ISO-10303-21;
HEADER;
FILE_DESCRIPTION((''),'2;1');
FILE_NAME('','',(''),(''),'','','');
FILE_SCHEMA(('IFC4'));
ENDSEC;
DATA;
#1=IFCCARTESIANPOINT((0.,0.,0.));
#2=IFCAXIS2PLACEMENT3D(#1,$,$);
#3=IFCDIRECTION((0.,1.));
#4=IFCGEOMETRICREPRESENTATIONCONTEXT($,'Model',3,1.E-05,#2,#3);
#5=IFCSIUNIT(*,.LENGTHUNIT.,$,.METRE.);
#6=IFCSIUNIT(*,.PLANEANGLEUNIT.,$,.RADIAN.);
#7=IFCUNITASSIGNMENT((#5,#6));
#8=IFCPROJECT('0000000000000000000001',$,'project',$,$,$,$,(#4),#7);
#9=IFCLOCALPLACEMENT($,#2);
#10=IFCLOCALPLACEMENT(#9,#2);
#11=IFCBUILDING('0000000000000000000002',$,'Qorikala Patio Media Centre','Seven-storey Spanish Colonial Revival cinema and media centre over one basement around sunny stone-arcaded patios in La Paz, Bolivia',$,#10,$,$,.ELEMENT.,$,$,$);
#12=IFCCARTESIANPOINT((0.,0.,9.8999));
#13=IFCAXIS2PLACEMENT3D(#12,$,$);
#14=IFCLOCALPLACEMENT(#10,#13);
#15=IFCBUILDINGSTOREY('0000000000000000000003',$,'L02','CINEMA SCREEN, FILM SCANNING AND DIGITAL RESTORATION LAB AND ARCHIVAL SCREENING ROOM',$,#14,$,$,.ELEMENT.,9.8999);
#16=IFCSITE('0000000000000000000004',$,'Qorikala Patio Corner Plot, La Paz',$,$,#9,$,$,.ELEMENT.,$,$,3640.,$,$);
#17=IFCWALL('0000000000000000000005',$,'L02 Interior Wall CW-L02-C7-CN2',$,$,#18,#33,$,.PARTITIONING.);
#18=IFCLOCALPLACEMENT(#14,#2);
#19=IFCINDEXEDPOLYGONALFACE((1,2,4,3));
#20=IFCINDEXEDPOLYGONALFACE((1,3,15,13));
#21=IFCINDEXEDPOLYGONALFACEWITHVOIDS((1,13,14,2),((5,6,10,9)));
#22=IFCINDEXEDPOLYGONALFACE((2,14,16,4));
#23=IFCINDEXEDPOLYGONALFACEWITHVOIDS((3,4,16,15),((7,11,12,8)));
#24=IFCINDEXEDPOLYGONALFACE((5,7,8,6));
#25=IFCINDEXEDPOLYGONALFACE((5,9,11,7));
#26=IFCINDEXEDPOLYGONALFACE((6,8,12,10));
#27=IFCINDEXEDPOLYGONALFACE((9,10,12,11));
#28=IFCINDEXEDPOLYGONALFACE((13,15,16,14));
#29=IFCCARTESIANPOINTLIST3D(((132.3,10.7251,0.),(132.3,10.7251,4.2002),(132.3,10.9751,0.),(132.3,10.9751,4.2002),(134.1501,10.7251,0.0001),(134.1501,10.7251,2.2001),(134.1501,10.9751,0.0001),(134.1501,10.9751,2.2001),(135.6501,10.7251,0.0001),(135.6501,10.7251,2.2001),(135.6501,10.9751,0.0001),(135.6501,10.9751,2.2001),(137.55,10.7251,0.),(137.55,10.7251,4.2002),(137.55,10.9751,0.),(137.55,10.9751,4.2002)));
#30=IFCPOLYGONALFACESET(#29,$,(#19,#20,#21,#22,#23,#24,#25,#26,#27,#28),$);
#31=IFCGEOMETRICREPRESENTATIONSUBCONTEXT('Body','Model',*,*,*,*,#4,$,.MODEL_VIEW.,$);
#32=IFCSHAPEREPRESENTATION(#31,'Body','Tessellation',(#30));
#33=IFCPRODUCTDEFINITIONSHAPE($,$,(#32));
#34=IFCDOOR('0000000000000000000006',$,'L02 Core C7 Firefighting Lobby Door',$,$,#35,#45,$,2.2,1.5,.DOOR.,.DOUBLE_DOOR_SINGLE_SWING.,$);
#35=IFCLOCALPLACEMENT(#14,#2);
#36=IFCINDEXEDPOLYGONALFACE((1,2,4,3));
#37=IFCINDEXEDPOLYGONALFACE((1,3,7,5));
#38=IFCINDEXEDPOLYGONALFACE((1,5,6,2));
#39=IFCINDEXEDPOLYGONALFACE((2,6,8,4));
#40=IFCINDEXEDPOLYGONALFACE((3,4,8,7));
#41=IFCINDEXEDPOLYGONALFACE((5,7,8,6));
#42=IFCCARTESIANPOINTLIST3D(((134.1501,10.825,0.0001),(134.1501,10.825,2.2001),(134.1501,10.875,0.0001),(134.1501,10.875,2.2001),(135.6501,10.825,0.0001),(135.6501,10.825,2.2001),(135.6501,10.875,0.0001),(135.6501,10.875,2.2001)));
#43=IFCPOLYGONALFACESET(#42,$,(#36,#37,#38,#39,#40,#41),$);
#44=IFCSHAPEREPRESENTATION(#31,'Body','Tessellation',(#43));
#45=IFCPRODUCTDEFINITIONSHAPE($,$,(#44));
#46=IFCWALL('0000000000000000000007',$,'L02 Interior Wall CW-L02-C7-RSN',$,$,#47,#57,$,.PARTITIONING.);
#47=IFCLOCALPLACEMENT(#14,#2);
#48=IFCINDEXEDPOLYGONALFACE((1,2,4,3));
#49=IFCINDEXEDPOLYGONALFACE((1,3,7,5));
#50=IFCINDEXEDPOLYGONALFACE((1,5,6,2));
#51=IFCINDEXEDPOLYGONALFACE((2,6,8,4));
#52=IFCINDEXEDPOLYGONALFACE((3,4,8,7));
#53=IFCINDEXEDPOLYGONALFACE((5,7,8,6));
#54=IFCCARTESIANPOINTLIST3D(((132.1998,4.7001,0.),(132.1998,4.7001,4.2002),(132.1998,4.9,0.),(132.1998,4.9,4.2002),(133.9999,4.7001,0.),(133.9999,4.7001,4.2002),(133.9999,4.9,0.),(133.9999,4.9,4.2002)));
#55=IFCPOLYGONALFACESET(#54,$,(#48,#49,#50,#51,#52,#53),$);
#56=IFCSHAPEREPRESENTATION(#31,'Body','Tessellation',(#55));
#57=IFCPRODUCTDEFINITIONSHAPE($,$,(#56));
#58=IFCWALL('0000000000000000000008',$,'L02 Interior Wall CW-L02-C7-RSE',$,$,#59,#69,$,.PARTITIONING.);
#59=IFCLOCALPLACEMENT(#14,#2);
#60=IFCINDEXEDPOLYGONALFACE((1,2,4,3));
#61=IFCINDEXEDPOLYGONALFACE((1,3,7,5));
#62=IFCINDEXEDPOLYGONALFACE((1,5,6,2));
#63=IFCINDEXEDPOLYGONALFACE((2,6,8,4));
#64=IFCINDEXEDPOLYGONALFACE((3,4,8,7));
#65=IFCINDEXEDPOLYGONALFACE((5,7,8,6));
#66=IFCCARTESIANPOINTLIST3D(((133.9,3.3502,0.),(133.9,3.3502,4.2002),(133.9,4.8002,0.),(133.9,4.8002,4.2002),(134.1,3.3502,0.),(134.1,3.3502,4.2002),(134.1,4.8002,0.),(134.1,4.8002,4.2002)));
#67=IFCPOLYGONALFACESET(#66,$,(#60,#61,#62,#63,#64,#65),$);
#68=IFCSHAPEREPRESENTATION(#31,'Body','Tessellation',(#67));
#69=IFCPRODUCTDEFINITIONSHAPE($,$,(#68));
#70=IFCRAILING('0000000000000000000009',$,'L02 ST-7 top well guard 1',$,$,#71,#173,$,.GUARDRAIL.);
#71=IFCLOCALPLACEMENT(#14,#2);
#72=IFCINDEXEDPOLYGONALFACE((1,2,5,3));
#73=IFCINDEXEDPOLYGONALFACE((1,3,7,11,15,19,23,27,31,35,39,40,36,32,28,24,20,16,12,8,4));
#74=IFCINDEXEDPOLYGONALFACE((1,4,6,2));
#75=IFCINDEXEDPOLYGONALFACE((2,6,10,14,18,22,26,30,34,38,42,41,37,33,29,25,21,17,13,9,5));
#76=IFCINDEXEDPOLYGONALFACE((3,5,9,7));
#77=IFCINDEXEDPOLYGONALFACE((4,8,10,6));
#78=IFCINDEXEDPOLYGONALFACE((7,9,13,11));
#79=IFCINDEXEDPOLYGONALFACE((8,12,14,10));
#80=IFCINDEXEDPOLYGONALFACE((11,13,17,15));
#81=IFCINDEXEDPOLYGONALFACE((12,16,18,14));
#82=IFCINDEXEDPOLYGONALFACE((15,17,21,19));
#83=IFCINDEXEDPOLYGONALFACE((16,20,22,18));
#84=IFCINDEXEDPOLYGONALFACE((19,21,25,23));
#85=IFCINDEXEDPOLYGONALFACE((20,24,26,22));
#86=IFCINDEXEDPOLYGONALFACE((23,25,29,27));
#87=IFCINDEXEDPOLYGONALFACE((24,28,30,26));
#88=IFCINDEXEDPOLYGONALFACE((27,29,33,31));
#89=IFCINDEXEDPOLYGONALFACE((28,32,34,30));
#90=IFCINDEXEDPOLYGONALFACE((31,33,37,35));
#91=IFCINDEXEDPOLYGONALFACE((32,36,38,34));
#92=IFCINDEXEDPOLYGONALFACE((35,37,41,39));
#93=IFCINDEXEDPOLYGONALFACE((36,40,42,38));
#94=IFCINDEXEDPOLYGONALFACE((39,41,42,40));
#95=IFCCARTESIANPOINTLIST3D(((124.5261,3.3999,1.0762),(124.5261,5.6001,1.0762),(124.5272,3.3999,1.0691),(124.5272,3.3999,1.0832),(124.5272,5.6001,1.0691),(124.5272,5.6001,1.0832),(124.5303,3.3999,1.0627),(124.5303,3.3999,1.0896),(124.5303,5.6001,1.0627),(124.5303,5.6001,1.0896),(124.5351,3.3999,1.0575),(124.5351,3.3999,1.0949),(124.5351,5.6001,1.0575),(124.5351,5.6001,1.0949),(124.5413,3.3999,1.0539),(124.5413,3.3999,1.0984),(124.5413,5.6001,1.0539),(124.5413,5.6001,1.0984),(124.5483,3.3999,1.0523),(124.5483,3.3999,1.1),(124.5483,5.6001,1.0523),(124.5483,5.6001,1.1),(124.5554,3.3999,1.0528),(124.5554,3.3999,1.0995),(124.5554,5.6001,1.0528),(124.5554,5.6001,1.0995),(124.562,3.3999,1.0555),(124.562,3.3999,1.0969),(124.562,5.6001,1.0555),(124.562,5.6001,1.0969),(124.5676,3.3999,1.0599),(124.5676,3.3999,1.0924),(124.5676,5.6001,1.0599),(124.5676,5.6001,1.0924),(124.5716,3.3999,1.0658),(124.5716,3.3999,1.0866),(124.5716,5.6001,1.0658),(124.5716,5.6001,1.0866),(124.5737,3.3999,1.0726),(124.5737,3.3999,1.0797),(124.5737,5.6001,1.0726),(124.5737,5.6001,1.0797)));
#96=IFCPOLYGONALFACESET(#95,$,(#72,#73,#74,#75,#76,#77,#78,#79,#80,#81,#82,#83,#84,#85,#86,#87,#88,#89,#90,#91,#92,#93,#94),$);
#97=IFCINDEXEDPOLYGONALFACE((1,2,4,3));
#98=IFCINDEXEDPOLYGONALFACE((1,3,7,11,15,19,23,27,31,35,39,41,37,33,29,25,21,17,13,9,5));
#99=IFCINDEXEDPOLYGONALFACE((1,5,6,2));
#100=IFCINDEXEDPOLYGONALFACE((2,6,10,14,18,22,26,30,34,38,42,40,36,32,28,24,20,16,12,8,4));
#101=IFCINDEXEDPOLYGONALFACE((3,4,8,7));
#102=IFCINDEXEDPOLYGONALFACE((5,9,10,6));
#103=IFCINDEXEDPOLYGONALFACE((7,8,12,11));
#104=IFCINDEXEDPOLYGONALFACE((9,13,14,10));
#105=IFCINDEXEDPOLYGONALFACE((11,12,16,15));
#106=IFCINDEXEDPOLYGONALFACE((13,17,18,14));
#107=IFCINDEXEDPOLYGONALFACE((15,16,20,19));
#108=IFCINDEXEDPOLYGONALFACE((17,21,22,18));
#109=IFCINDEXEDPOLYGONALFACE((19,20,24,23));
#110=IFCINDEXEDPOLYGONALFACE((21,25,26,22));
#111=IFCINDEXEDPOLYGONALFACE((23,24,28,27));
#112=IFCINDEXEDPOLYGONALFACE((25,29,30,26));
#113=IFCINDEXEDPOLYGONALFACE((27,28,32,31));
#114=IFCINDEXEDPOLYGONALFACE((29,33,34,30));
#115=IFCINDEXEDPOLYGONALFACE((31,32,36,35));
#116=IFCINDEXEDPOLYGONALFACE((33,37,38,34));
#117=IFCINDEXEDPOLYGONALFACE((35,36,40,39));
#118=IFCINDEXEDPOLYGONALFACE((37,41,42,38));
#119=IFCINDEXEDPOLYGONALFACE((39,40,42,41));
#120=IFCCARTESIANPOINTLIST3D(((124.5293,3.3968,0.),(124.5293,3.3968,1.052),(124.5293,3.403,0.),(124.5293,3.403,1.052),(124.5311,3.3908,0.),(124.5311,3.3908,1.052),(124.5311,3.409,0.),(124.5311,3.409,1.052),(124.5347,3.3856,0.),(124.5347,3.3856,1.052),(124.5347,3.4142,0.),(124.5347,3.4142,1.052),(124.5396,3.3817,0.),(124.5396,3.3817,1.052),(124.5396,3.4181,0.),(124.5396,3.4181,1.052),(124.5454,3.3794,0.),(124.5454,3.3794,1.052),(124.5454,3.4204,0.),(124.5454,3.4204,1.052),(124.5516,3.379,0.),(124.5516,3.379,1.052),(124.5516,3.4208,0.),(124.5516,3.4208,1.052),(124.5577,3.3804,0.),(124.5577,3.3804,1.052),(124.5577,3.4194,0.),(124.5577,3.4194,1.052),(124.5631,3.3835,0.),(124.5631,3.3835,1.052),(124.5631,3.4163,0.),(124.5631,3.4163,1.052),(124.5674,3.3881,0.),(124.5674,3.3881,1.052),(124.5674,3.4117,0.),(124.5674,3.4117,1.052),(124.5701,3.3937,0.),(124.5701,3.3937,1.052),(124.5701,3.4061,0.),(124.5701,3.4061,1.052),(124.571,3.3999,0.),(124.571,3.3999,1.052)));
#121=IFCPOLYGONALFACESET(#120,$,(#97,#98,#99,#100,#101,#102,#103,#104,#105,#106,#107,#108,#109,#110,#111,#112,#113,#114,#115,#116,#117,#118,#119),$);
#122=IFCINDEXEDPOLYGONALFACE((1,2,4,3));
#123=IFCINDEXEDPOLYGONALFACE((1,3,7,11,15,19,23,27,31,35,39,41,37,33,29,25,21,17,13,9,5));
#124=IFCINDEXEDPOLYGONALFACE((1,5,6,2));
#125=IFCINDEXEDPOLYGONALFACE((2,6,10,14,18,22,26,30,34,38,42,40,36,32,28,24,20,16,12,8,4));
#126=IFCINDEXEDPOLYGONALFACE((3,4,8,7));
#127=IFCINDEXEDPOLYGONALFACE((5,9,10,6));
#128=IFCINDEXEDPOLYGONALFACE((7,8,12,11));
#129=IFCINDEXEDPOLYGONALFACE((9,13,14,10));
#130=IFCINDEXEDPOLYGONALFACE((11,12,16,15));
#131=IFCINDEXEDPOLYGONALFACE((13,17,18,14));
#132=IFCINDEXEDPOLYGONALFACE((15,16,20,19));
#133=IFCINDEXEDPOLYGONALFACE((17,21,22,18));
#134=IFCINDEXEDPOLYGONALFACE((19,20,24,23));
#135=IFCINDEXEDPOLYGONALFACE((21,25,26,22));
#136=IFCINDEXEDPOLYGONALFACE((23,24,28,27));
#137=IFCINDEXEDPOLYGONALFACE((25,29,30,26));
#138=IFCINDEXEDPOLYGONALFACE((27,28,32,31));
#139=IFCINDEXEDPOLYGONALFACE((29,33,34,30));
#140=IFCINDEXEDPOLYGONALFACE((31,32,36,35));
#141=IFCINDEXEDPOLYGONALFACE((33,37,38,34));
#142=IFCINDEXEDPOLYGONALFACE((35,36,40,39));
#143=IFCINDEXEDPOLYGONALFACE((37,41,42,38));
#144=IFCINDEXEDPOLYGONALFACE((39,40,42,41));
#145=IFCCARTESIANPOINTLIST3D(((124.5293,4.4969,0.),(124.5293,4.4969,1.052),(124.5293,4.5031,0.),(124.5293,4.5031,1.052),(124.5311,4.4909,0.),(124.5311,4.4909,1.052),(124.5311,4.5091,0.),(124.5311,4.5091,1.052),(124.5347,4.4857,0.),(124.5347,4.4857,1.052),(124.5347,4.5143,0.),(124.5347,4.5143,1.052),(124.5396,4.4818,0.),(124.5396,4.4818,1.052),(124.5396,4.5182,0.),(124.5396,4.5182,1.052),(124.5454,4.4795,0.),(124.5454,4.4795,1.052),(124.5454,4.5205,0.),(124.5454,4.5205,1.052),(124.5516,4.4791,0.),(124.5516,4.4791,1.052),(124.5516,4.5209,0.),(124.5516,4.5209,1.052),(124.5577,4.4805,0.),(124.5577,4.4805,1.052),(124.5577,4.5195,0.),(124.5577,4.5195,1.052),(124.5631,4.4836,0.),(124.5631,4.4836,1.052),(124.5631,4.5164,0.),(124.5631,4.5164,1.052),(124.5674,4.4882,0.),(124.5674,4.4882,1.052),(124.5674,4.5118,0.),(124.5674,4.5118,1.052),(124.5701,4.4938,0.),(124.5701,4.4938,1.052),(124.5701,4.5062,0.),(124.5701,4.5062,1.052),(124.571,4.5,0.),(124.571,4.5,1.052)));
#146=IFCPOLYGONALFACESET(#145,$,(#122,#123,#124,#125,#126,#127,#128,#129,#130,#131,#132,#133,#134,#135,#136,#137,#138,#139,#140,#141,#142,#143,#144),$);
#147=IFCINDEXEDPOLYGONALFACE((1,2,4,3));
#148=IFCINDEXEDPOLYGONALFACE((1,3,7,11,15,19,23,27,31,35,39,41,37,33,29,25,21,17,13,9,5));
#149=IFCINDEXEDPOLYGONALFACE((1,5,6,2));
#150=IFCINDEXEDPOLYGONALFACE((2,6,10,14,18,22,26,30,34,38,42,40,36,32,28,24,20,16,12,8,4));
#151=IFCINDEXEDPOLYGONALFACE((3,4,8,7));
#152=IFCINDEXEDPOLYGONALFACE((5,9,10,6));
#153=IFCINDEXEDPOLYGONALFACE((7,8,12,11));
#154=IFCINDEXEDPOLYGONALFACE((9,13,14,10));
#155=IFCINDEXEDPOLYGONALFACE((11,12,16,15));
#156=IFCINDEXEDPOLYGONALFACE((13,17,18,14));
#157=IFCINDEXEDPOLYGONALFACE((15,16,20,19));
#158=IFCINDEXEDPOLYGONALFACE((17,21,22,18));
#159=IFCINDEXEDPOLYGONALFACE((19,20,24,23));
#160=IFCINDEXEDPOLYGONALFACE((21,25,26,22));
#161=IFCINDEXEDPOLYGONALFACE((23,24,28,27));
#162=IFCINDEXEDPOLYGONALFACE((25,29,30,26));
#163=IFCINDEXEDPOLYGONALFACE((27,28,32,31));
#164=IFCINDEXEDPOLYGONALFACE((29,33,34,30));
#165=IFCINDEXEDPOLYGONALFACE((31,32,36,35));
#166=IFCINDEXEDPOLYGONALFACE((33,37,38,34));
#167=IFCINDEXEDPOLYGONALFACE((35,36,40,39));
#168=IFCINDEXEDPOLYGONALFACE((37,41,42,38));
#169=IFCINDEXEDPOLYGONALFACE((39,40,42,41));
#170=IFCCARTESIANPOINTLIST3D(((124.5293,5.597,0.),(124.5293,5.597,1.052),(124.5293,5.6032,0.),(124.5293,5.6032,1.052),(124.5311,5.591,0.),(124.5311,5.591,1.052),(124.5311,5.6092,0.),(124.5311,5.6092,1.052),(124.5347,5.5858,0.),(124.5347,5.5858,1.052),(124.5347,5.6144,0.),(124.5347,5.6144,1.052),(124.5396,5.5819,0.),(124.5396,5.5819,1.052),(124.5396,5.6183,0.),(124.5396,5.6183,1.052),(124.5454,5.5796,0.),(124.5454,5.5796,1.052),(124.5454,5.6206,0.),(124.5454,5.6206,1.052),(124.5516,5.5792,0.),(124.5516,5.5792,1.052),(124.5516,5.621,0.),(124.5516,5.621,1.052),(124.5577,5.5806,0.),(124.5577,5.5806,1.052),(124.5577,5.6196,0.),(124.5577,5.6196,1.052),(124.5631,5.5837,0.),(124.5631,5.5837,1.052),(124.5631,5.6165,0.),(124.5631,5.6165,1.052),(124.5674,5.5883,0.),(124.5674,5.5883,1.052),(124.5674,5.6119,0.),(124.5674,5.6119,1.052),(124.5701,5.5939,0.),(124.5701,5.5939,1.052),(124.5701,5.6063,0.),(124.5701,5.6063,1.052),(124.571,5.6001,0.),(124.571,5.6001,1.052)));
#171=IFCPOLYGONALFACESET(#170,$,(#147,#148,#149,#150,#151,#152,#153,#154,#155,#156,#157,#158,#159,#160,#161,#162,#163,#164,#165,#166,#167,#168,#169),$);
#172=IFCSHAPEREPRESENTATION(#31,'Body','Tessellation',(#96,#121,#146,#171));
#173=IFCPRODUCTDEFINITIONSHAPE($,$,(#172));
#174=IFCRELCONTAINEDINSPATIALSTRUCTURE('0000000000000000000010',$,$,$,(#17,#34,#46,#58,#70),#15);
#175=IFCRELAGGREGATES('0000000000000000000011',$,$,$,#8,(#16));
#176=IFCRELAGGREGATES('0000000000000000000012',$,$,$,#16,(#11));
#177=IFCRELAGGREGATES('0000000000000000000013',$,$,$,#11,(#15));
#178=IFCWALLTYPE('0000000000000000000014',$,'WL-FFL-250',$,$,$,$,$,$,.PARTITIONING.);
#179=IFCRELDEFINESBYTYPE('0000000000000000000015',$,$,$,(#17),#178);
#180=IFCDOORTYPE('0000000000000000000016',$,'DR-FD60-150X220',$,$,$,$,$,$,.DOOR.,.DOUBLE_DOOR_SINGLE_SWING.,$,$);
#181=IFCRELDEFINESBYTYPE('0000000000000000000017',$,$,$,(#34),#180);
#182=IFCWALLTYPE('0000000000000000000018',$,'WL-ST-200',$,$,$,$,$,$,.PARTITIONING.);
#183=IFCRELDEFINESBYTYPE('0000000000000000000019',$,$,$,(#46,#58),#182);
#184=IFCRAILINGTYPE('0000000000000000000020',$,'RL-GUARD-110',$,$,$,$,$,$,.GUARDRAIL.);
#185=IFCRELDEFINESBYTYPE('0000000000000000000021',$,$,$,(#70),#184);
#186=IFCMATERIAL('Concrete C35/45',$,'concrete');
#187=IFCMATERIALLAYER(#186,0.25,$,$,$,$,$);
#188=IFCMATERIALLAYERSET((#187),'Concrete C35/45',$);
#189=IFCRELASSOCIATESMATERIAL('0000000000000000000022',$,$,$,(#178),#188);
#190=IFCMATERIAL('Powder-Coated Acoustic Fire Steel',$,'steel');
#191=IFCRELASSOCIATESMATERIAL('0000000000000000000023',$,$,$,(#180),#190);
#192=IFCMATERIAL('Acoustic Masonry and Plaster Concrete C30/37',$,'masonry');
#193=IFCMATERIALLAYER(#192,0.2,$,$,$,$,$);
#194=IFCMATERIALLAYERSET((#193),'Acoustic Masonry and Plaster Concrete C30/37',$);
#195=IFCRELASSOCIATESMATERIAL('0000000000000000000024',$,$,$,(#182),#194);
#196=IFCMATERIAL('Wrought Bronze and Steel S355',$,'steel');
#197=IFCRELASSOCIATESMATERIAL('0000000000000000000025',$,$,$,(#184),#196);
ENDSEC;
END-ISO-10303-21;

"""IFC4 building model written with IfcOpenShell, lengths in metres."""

from ifc_helpers import new_model, si_unit, direction, frame, frame_2d, origin, origin_2d, place, context, subcontext, project, spatial, rectangle, circle, extrude, material, layer, layer_set, type_object, element, fill, save


model = new_model("IFC4")

# Units and contexts
model_context = context("Model", 3, precision=1e-05, world=origin(), true_north=direction((0.0, 1.0)))
body_context = subcontext(model_context, "Body", "Model", "MODEL_VIEW")
ifc_project = project(units=[si_unit("LENGTHUNIT", "METRE"), si_unit("PLANEANGLEUNIT", "RADIAN")], contexts=[model_context])

# Site, building, storey
site_placement = place(None, origin())
site = spatial("IfcSite", under=ifc_project, at=site_placement, Name="Qorikala Patio Corner Plot, La Paz", CompositionType="ELEMENT", RefElevation=3640.0)
building_placement = place(site_placement, origin())
building = spatial("IfcBuilding", under=site, at=building_placement, Name="Qorikala Patio Media Centre", Description="Seven-storey Spanish Colonial Revival cinema and media centre over one basement around sunny stone-arcaded patios in La Paz, Bolivia", CompositionType="ELEMENT")
storey_placement = place(building_placement, frame((0.0, 0.0, 9.8999)))
storey = spatial("IfcBuildingStorey", under=building, at=storey_placement, Name="L02", Description="CINEMA SCREEN, FILM SCANNING AND DIGITAL RESTORATION LAB AND ARCHIVAL SCREENING ROOM", CompositionType="ELEMENT", Elevation=9.8999)

# Shared definitions
ifc_material_1 = material(Name="Concrete C35/45", Category="concrete")

# Wall, opening, door
ifc_layer_1 = layer(ifc_material_1, 0.25)
ifc_layer_set_1 = layer_set([ifc_layer_1], Name="Concrete C35/45")
wall_type_1 = type_object("IfcWallType", Name="WL-FFL-250", PredefinedType="PARTITIONING", material=ifc_layer_set_1)
ifc_material_2 = material(Name="Powder-Coated Acoustic Fire Steel", Category="steel")
wall_1_placement = place(storey_placement, frame((132.3, 10.8501, 0.0), z_axis=(0.0, 0.0, 1.0), x_axis=(1.0, 0.0, 0.0)))
wall_1 = element("IfcWall", 1, at=wall_1_placement, inside=storey, type_object=wall_type_1, Name="L02 Interior Wall CW-L02-C7-CN2", PredefinedType="PARTITIONING", context=body_context, shape_type="SweptSolid", body=[
    extrude(rectangle(XDim=5.25, YDim=0.25, at=frame_2d((2.625, 0.0))), origin(), (0.0, 0.0, 1.0), 4.2002),
])
opening_1_placement = place(wall_1_placement, frame((1.8501, 0.0, 0.0)))
opening_1 = element("IfcOpeningElement", 2, at=opening_1_placement, cuts=wall_1, PredefinedType="OPENING", context=body_context, shape_type="SweptSolid", body=[
    extrude(rectangle(XDim=1.5, YDim=2.2, at=frame_2d((0.75, 1.1001))), frame((0.0, 0.135, 0.0), z_axis=(0.0, -1.0, 0.0), x_axis=(1.0, 0.0, 0.0)), (0.0, 0.0, 1.0), 0.27),
])
door_type_1 = type_object("IfcDoorType", Name="DR-FD60-150X220", OperationType="DOUBLE_DOOR_SINGLE_SWING", PredefinedType="DOOR", material=ifc_material_2)
door_1_placement = place(opening_1_placement, origin())
door_1 = element("IfcDoor", 3, at=door_1_placement, inside=storey, type_object=door_type_1, Name="L02 Core C7 Firefighting Lobby Door", OperationType="DOUBLE_DOOR_SINGLE_SWING", OverallHeight=2.2, OverallWidth=1.5, PredefinedType="DOOR", context=body_context, shape_type="SweptSolid", body=[
    extrude(rectangle(XDim=1.5, YDim=2.2, at=frame_2d((0.75, 1.1001))), frame((0.0, 0.0249, 0.0), z_axis=(0.0, -1.0, 0.0), x_axis=(1.0, 0.0, 0.0)), (0.0, 0.0, 1.0), 0.05),
])
fill(opening_1, door_1)

# Walls
ifc_material_3 = material(Name="Acoustic Masonry and Plaster Concrete C30/37", Category="masonry")
ifc_layer_2 = layer(ifc_material_3, 0.2)
ifc_layer_set_2 = layer_set([ifc_layer_2], Name="Acoustic Masonry and Plaster Concrete C30/37")
wall_type_2 = type_object("IfcWallType", Name="WL-ST-200", PredefinedType="PARTITIONING", material=ifc_layer_set_2)
wall_2_placement = place(storey_placement, frame((132.2, 4.8, 0.0), z_axis=(0.0, 0.0, 1.0), x_axis=(1.0, 0.0, 0.0)))
element("IfcWall", 4, at=wall_2_placement, inside=storey, type_object=wall_type_2, Name="L02 Interior Wall CW-L02-C7-RSN", PredefinedType="PARTITIONING", context=body_context, shape_type="SweptSolid", body=[
    extrude(rectangle(XDim=1.8, YDim=0.2, at=frame_2d((0.8999, 0.0))), origin(), (0.0, 0.0, 1.0), 4.2002),
])
wall_3_placement = place(storey_placement, frame((134.0, 3.3501, 0.0), z_axis=(0.0, 0.0, 1.0), x_axis=(0.0, 1.0, 0.0)))
element("IfcWall", 5, at=wall_3_placement, inside=storey, type_object=wall_type_2, Name="L02 Interior Wall CW-L02-C7-RSE", PredefinedType="PARTITIONING", context=body_context, shape_type="SweptSolid", body=[
    extrude(rectangle(XDim=1.45, YDim=0.2, at=frame_2d((0.7251, 0.0))), origin(), (0.0, 0.0, 1.0), 4.2002),
])

# Railing
ifc_material_4 = material(Name="Wrought Bronze and Steel S355", Category="steel")
railing_type = type_object("IfcRailingType", Name="RL-GUARD-110", PredefinedType="GUARDRAIL", material=ifc_material_4)
railing_placement = place(storey_placement, frame((124.55, 3.3999, 0.0)))
element("IfcRailing", 6, at=railing_placement, inside=storey, type_object=railing_type, Name="L02 ST-7 top well guard 1", PredefinedType="GUARDRAIL", context=body_context, shape_type="SweptSolid", body=[
    extrude(circle(Radius=0.0239, at=origin_2d()), frame((0.0, 0.0, 1.0762), z_axis=(0.0, 1.0, 0.0), x_axis=(-1.0, 0.0, 0.0)), (0.0, 0.0, 1.0), 2.2002),
    extrude(circle(Radius=0.021, at=origin_2d()), origin(), (0.0, 0.0, 1.0), 1.052),
    extrude(circle(Radius=0.021, at=origin_2d()), frame((0.0, 1.1001, 0.0)), (0.0, 0.0, 1.0), 1.052),
    extrude(circle(Radius=0.021, at=origin_2d()), frame((0.0, 2.2002, 0.0)), (0.0, 0.0, 1.0), 1.052),
])

save(model, "model.ifc")
